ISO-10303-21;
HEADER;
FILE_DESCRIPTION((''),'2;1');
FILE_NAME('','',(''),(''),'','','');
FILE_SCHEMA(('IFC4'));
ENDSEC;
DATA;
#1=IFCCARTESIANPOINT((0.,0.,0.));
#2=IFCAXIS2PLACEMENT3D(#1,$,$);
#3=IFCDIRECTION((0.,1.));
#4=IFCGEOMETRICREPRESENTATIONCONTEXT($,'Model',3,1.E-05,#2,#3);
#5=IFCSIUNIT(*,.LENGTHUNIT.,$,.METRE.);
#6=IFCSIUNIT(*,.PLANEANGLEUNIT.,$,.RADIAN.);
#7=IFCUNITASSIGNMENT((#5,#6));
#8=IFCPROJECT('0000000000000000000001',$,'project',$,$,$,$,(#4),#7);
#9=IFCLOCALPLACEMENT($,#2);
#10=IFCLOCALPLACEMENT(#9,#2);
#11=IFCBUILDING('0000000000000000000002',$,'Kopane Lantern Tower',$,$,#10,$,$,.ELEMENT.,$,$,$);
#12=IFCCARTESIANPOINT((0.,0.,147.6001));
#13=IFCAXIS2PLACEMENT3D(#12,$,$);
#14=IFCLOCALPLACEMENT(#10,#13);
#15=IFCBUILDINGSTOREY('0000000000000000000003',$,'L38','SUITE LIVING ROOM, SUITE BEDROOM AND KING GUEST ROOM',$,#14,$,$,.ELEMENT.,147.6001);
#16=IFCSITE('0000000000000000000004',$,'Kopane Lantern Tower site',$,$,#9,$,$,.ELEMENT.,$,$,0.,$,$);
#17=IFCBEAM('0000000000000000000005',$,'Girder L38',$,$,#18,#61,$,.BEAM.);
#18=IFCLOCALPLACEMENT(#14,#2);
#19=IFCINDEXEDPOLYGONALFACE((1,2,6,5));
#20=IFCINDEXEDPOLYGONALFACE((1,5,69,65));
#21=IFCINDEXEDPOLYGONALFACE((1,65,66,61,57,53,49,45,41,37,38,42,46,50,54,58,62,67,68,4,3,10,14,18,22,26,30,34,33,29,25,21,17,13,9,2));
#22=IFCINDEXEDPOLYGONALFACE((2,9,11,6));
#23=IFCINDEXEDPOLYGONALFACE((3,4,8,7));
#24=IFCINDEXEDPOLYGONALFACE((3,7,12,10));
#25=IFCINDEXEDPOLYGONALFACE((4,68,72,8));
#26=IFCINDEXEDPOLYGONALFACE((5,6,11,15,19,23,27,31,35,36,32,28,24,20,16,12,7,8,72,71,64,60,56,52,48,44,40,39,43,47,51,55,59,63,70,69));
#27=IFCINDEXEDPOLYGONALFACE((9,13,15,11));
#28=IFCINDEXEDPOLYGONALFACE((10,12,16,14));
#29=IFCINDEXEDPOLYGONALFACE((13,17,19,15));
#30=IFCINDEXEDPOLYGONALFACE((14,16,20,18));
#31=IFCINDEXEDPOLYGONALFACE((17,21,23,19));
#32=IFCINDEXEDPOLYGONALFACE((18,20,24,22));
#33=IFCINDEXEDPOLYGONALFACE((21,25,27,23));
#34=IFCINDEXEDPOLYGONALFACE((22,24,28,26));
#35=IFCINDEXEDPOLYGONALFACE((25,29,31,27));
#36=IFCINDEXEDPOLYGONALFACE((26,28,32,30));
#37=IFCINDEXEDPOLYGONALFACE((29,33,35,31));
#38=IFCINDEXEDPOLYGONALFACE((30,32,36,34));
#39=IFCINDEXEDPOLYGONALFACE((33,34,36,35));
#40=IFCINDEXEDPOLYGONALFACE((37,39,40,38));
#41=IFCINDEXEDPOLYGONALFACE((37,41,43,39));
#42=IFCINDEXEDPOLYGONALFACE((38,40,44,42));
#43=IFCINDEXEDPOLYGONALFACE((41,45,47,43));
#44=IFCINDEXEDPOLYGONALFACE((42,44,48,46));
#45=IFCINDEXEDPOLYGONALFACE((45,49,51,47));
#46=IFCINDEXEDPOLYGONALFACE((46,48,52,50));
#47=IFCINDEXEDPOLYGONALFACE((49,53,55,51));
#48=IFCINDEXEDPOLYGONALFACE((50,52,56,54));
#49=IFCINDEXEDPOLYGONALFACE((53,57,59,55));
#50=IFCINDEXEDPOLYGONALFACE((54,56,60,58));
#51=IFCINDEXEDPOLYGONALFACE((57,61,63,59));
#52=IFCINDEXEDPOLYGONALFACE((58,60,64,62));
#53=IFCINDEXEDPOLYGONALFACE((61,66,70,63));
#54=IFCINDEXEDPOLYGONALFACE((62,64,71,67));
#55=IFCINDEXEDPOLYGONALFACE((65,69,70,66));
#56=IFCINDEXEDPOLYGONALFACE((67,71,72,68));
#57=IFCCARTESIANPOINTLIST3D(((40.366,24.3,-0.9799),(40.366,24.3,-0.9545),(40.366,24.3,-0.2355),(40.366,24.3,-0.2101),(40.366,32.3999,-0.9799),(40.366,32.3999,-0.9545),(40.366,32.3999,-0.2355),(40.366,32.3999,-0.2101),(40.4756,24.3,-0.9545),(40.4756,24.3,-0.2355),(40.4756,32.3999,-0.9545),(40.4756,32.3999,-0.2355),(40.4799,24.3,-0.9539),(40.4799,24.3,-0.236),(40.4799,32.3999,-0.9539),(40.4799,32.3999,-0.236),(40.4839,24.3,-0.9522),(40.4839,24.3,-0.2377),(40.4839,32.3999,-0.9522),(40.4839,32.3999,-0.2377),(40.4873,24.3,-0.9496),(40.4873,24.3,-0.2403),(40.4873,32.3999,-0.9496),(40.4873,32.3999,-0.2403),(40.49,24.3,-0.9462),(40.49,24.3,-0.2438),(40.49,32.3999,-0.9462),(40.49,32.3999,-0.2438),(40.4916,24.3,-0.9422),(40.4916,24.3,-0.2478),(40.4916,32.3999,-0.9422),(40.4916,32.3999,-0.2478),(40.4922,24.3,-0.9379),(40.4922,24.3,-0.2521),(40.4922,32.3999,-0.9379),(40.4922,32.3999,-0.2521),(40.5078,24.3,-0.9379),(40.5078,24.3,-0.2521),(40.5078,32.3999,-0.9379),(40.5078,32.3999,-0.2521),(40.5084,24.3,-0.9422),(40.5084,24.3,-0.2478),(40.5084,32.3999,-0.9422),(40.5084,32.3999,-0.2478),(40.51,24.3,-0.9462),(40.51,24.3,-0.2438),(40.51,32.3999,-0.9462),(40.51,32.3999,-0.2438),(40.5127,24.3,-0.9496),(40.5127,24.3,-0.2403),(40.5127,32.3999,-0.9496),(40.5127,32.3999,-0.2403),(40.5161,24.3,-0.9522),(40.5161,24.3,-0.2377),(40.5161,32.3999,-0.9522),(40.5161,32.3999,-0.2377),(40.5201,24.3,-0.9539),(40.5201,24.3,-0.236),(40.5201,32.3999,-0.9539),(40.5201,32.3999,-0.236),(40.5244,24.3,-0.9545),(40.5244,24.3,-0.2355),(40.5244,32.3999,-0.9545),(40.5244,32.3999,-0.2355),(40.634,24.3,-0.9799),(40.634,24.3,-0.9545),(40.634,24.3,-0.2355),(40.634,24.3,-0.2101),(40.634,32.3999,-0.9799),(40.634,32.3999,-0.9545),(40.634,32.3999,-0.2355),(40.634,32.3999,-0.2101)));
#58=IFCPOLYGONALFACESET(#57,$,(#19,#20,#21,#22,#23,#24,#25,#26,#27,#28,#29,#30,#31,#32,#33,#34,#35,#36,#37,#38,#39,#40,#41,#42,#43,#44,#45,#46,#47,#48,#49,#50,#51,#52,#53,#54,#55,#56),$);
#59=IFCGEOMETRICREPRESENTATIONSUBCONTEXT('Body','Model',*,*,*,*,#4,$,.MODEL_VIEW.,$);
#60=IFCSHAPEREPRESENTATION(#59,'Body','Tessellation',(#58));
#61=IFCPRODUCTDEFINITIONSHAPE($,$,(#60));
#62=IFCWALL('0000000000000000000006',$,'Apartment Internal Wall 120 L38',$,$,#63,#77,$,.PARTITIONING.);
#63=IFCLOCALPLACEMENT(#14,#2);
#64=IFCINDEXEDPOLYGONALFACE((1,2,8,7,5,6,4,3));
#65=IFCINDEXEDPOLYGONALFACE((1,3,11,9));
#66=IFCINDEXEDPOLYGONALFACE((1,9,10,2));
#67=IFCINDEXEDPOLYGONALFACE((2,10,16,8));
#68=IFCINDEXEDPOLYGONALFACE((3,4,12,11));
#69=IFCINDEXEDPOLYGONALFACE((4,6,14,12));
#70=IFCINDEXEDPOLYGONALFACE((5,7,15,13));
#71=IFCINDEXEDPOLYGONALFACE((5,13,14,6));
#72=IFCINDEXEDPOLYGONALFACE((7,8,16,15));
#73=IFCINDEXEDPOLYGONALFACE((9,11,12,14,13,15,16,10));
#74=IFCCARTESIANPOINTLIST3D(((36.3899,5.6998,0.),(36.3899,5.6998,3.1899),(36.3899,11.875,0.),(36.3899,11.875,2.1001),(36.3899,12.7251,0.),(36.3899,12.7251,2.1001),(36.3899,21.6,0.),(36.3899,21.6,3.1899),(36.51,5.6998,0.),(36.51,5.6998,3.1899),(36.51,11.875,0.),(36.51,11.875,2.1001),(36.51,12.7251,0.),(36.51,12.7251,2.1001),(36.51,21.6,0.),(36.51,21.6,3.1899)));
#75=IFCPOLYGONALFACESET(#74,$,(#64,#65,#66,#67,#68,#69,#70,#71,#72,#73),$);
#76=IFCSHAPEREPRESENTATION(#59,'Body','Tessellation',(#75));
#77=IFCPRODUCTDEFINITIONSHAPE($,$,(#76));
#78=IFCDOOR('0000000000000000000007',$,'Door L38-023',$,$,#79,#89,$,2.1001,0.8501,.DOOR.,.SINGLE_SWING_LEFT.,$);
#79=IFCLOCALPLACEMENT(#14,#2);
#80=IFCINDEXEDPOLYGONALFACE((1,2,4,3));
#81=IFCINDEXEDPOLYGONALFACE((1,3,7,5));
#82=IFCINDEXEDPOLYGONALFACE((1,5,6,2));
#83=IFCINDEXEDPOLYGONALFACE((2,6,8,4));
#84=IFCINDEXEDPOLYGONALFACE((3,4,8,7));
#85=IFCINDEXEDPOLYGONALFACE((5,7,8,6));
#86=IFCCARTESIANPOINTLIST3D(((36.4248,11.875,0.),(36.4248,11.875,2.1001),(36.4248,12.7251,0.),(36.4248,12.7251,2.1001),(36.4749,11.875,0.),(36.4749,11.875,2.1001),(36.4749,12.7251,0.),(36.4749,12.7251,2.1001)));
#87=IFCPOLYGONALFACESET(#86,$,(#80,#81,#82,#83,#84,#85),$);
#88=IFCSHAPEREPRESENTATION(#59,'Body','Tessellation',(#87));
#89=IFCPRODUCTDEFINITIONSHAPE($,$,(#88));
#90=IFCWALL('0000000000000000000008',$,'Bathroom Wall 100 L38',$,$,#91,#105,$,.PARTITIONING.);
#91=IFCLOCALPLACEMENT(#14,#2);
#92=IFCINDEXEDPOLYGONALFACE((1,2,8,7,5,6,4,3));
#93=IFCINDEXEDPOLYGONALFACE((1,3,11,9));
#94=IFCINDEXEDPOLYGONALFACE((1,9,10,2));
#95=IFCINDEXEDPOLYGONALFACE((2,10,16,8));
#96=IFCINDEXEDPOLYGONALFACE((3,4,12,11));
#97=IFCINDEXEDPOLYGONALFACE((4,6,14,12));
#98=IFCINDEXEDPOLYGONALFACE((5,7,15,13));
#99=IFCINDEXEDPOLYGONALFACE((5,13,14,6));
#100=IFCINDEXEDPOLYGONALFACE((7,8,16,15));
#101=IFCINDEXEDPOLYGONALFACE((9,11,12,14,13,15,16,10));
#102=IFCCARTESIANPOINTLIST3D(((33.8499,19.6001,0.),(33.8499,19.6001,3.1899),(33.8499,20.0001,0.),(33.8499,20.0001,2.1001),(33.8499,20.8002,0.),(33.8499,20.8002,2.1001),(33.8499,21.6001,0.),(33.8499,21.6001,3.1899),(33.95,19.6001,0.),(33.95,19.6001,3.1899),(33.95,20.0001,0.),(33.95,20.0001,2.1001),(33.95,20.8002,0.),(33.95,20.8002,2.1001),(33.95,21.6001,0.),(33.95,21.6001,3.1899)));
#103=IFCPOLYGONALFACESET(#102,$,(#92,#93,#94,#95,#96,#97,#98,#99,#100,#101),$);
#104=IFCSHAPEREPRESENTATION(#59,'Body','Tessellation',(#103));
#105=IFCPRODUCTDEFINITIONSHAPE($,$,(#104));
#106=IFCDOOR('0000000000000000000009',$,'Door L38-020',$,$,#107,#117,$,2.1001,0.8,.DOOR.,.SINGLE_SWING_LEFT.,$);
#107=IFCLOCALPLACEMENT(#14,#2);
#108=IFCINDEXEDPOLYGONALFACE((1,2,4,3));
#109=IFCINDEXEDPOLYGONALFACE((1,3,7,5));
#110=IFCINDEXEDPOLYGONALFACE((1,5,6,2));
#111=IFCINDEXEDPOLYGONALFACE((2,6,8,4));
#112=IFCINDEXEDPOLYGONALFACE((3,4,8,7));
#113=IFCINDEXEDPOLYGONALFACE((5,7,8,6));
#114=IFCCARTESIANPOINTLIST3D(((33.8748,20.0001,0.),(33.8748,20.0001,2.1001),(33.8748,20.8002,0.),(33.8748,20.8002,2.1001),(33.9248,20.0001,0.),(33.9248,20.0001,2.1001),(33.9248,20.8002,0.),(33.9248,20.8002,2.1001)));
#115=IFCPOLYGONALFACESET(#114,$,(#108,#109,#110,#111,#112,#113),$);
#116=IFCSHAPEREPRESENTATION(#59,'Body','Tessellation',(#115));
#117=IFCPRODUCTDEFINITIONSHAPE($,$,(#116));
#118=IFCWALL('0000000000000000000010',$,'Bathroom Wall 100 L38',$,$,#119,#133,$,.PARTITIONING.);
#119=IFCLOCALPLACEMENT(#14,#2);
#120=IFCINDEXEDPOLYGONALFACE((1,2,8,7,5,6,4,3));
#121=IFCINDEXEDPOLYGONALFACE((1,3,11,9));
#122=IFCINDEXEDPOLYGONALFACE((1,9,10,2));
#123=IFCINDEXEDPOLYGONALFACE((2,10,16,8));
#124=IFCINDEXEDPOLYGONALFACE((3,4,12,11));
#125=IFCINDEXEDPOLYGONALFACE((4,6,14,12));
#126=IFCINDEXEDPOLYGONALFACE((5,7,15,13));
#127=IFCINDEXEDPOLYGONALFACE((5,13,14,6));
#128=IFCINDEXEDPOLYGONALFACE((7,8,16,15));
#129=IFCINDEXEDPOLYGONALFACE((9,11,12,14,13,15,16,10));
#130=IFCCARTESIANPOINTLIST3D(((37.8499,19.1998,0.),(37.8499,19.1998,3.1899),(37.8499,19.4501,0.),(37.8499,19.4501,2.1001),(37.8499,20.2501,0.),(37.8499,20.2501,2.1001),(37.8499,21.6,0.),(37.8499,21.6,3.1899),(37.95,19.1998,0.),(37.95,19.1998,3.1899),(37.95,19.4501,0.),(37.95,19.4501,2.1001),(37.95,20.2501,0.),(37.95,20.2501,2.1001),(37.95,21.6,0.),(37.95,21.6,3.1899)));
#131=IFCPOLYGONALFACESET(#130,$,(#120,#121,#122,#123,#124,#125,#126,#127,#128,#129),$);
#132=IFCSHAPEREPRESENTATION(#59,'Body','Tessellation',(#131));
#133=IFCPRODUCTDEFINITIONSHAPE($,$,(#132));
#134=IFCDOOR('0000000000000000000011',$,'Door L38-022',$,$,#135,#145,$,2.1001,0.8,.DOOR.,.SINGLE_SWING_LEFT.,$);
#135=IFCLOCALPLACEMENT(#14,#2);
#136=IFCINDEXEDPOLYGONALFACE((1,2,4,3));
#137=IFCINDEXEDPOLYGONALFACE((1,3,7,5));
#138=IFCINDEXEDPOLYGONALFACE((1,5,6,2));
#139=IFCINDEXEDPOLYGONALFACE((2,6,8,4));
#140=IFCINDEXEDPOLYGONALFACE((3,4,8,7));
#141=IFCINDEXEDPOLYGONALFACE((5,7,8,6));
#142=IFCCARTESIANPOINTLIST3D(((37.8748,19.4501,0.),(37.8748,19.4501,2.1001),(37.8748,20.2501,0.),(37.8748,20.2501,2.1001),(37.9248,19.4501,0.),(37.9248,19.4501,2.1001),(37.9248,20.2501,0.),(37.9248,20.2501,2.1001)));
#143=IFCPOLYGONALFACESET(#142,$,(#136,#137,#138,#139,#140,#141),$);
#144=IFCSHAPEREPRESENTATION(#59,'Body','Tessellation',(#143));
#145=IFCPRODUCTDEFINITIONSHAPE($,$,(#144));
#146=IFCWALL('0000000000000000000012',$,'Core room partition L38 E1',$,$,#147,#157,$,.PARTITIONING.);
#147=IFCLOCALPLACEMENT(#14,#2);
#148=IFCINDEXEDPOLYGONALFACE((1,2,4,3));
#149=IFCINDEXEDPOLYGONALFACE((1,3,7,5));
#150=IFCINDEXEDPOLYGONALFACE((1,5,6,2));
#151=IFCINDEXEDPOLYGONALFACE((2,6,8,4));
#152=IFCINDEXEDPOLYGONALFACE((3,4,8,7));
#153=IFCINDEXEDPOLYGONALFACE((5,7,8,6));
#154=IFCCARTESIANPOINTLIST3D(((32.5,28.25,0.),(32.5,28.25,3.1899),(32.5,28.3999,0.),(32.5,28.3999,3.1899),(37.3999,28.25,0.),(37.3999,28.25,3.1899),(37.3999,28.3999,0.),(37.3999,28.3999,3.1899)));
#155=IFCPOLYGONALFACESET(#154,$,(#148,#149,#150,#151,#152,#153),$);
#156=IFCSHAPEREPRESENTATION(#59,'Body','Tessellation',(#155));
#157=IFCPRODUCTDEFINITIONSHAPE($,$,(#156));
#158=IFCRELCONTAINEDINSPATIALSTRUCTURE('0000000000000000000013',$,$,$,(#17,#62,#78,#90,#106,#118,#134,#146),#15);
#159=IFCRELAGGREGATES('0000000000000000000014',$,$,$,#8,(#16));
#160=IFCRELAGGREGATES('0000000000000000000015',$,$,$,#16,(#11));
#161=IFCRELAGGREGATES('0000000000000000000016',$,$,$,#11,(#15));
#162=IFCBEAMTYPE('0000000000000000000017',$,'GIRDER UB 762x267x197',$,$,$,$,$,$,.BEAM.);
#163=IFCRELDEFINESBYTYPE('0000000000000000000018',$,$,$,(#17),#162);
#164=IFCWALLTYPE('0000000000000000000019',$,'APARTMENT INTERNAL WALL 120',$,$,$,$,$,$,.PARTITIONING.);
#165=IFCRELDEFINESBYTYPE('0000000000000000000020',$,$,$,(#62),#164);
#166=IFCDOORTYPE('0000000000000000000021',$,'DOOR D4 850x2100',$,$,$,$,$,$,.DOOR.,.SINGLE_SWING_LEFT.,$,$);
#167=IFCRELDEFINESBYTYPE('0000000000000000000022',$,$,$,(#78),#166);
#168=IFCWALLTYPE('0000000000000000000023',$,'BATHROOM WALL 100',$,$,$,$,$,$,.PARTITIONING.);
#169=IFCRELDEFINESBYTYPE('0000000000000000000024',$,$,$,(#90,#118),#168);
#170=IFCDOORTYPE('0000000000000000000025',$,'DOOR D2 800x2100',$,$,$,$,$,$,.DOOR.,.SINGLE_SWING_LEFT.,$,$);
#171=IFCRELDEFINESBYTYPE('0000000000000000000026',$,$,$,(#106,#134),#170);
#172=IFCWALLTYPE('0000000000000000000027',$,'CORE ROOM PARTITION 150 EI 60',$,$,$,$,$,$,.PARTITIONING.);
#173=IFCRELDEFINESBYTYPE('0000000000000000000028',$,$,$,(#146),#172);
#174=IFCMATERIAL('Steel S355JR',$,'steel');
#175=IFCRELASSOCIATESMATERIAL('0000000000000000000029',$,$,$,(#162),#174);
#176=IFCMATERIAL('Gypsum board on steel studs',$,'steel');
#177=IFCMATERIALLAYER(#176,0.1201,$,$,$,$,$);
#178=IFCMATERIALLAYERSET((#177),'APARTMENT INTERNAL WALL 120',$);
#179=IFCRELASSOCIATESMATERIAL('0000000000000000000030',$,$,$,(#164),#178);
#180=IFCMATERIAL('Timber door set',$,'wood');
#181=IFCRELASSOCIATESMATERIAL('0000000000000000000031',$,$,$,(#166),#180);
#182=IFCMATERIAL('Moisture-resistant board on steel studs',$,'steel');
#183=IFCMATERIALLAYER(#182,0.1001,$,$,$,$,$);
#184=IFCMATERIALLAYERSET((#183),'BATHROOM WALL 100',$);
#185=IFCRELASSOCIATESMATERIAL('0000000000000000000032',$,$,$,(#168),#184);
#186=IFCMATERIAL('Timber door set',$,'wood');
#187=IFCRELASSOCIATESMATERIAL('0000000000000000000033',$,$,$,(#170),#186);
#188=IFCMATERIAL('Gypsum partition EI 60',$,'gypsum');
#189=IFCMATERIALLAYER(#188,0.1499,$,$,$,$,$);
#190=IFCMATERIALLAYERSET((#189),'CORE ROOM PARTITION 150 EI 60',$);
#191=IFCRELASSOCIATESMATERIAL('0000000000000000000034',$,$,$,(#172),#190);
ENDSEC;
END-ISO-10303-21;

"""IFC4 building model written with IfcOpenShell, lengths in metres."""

from ifc_helpers import new_model, si_unit, direction, frame, frame_2d, origin, origin_2d, place, context, subcontext, project, spatial, rectangle, i_section, extrude, material, layer, layer_set, material_profile, profile_set, type_object, element, fill, save


model = new_model("IFC4")

# Units and contexts
model_context = context("Model", 3, precision=1e-05, world=origin(), true_north=direction((0.0, 1.0)))
body_context = subcontext(model_context, "Body", "Model", "MODEL_VIEW")
ifc_project = project(units=[si_unit("LENGTHUNIT", "METRE"), si_unit("PLANEANGLEUNIT", "RADIAN")], contexts=[model_context])

# Site, building, storey
site_placement = place(None, origin())
site = spatial("IfcSite", under=ifc_project, at=site_placement, Name="Kopane Lantern Tower site", CompositionType="ELEMENT", RefElevation=0.0)
building_placement = place(site_placement, origin())
building = spatial("IfcBuilding", under=site, at=building_placement, Name="Kopane Lantern Tower", CompositionType="ELEMENT")
storey_placement = place(building_placement, frame((0.0, 0.0, 147.6001)))
storey = spatial("IfcBuildingStorey", under=building, at=storey_placement, Name="L38", Description="SUITE LIVING ROOM, SUITE BEDROOM AND KING GUEST ROOM", CompositionType="ELEMENT", Elevation=147.6001)

# Beam
ifc_material_1 = material(Name="Steel S355JR", Category="steel")
ifc_material_profile_1 = material_profile(ifc_material_1, i_section(OverallWidth=0.2681, OverallDepth=0.7698, WebThickness=0.0156, FlangeThickness=0.0254, FilletRadius=0.0166, at=origin_2d()), Name="UB 762x267x197")
ifc_profile_set_1 = profile_set([ifc_material_profile_1], Name="Steel S355JR")
beam_type_1 = type_object("IfcBeamType", Name="GIRDER UB 762x267x197", PredefinedType="BEAM", material=ifc_profile_set_1)
beam_1_placement = place(storey_placement, frame((40.5, 24.3, -0.595), z_axis=(0.0, 1.0, 0.0), x_axis=(-1.0, 0.0, 0.0)))
element("IfcBeam", 1, at=beam_1_placement, inside=storey, type_object=beam_type_1, Name="Girder L38", PredefinedType="BEAM", context=body_context, shape_type="SweptSolid", body=[
    extrude(i_section(OverallWidth=0.2681, OverallDepth=0.7698, WebThickness=0.0156, FlangeThickness=0.0254, FilletRadius=0.0166, at=origin_2d()), origin(), (0.0, 0.0, 1.0), 8.0999),
])

# Walls, openings, doors
ifc_material_2 = material(Name="Gypsum board on steel studs", Category="steel")
ifc_layer_1 = layer(ifc_material_2, 0.1201)
ifc_layer_set_1 = layer_set([ifc_layer_1], Name="APARTMENT INTERNAL WALL 120")
wall_type_1 = type_object("IfcWallType", Name="APARTMENT INTERNAL WALL 120", PredefinedType="PARTITIONING", material=ifc_layer_set_1)
wall_1_placement = place(storey_placement, frame((36.45, 21.6001, 0.0), z_axis=(0.0, 0.0, 1.0), x_axis=(0.0, -1.0, 0.0)))
wall_1 = element("IfcWall", 2, at=wall_1_placement, inside=storey, type_object=wall_type_1, Name="Apartment Internal Wall 120 L38", PredefinedType="PARTITIONING", context=body_context, shape_type="SweptSolid", body=[
    extrude(rectangle(XDim=15.9001, YDim=0.1201, at=frame_2d((7.9502, 0.0))), origin(), (0.0, 0.0, 1.0), 3.1899),
])
opening_1_placement = place(wall_1_placement, frame((8.875, 0.0, 0.0)))
opening_1 = element("IfcOpeningElement", 3, at=opening_1_placement, cuts=wall_1, PredefinedType="OPENING", context=body_context, shape_type="SweptSolid", body=[
    extrude(rectangle(XDim=0.8501, YDim=2.1001, at=frame_2d((0.425, 1.05))), frame((0.0, 0.0701, 0.0), z_axis=(0.0, -1.0, 0.0), x_axis=(1.0, 0.0, 0.0)), (0.0, 0.0, 1.0), 0.1401),
])
ifc_material_3 = material(Name="Timber door set", Category="wood")
door_type_1 = type_object("IfcDoorType", Name="DOOR D4 850x2100", OperationType="SINGLE_SWING_LEFT", PredefinedType="DOOR", material=ifc_material_3)
door_1_placement = place(opening_1_placement, origin())
door_1 = element("IfcDoor", 4, at=door_1_placement, inside=storey, type_object=door_type_1, Name="Door L38-023", OperationType="SINGLE_SWING_LEFT", OverallHeight=2.1001, OverallWidth=0.8501, PredefinedType="DOOR", context=body_context, shape_type="SweptSolid", body=[
    extrude(rectangle(XDim=0.8501, YDim=2.1001, at=frame_2d((0.425, 1.05))), frame((0.0, 0.0249, 0.0), z_axis=(0.0, -1.0, 0.0), x_axis=(1.0, 0.0, 0.0)), (0.0, 0.0, 1.0), 0.05),
])
fill(opening_1, door_1)
ifc_material_4 = material(Name="Moisture-resistant board on steel studs", Category="steel")
ifc_layer_2 = layer(ifc_material_4, 0.1001)
ifc_layer_set_2 = layer_set([ifc_layer_2], Name="BATHROOM WALL 100")
wall_type_2 = type_object("IfcWallType", Name="BATHROOM WALL 100", PredefinedType="PARTITIONING", material=ifc_layer_set_2)
wall_2_placement = place(storey_placement, frame((33.8999, 21.6001, 0.0), z_axis=(0.0, 0.0, 1.0), x_axis=(0.0, -1.0, 0.0)))
wall_2 = element("IfcWall", 5, at=wall_2_placement, inside=storey, type_object=wall_type_2, Name="Bathroom Wall 100 L38", PredefinedType="PARTITIONING", context=body_context, shape_type="SweptSolid", body=[
    extrude(rectangle(XDim=2.0, YDim=0.1001, at=frame_2d((1.0, 0.0))), origin(), (0.0, 0.0, 1.0), 3.1899),
])
opening_2_placement = place(wall_2_placement, frame((0.8, 0.0, 0.0)))
opening_2 = element("IfcOpeningElement", 6, at=opening_2_placement, cuts=wall_2, PredefinedType="OPENING", context=body_context, shape_type="SweptSolid", body=[
    extrude(rectangle(XDim=0.8, YDim=2.1001, at=frame_2d((0.3999, 1.05))), frame((0.0, 0.0601, 0.0), z_axis=(0.0, -1.0, 0.0), x_axis=(1.0, 0.0, 0.0)), (0.0, 0.0, 1.0), 0.1201),
])
ifc_material_5 = material(Name="Timber door set", Category="wood")
door_type_2 = type_object("IfcDoorType", Name="DOOR D2 800x2100", OperationType="SINGLE_SWING_LEFT", PredefinedType="DOOR", material=ifc_material_5)
door_2_placement = place(opening_2_placement, origin())
door_2 = element("IfcDoor", 7, at=door_2_placement, inside=storey, type_object=door_type_2, Name="Door L38-020", OperationType="SINGLE_SWING_LEFT", OverallHeight=2.1001, OverallWidth=0.8, PredefinedType="DOOR", context=body_context, shape_type="SweptSolid", body=[
    extrude(rectangle(XDim=0.8, YDim=2.1001, at=frame_2d((0.3999, 1.05))), frame((0.0, 0.0249, 0.0), z_axis=(0.0, -1.0, 0.0), x_axis=(1.0, 0.0, 0.0)), (0.0, 0.0, 1.0), 0.05),
])
fill(opening_2, door_2)
wall_3_placement = place(storey_placement, frame((37.8999, 21.6001, 0.0), z_axis=(0.0, 0.0, 1.0), x_axis=(0.0, -1.0, 0.0)))
wall_3 = element("IfcWall", 8, at=wall_3_placement, inside=storey, type_object=wall_type_2, Name="Bathroom Wall 100 L38", PredefinedType="PARTITIONING", context=body_context, shape_type="SweptSolid", body=[
    extrude(rectangle(XDim=2.4001, YDim=0.1001, at=frame_2d((1.2002, 0.0))), origin(), (0.0, 0.0, 1.0), 3.1899),
])
opening_3_placement = place(wall_3_placement, frame((1.3501, 0.0, 0.0)))
opening_3 = element("IfcOpeningElement", 9, at=opening_3_placement, cuts=wall_3, PredefinedType="OPENING", context=body_context, shape_type="SweptSolid", body=[
    extrude(rectangle(XDim=0.8, YDim=2.1001, at=frame_2d((0.3999, 1.05))), frame((0.0, 0.0601, 0.0), z_axis=(0.0, -1.0, 0.0), x_axis=(1.0, 0.0, 0.0)), (0.0, 0.0, 1.0), 0.1201),
])
door_3_placement = place(opening_3_placement, origin())
door_3 = element("IfcDoor", 10, at=door_3_placement, inside=storey, type_object=door_type_2, Name="Door L38-022", OperationType="SINGLE_SWING_LEFT", OverallHeight=2.1001, OverallWidth=0.8, PredefinedType="DOOR", context=body_context, shape_type="SweptSolid", body=[
    extrude(rectangle(XDim=0.8, YDim=2.1001, at=frame_2d((0.3999, 1.05))), frame((0.0, 0.0249, 0.0), z_axis=(0.0, -1.0, 0.0), x_axis=(1.0, 0.0, 0.0)), (0.0, 0.0, 1.0), 0.05),
])
fill(opening_3, door_3)

# Wall
ifc_material_6 = material(Name="Gypsum partition EI 60", Category="gypsum")
ifc_layer_3 = layer(ifc_material_6, 0.1499)
ifc_layer_set_3 = layer_set([ifc_layer_3], Name="CORE ROOM PARTITION 150 EI 60")
wall_type_3 = type_object("IfcWallType", Name="CORE ROOM PARTITION 150 EI 60", PredefinedType="PARTITIONING", material=ifc_layer_set_3)
wall_4_placement = place(storey_placement, frame((32.5, 28.325, 0.0), z_axis=(0.0, 0.0, 1.0), x_axis=(1.0, 0.0, 0.0)))
element("IfcWall", 11, at=wall_4_placement, inside=storey, type_object=wall_type_3, Name="Core room partition L38 E1", PredefinedType="PARTITIONING", context=body_context, shape_type="SweptSolid", body=[
    extrude(rectangle(XDim=4.8999, YDim=0.1499, at=frame_2d((2.45, 0.0))), origin(), (0.0, 0.0, 1.0), 3.1899),
])

save(model, "model.ifc")
